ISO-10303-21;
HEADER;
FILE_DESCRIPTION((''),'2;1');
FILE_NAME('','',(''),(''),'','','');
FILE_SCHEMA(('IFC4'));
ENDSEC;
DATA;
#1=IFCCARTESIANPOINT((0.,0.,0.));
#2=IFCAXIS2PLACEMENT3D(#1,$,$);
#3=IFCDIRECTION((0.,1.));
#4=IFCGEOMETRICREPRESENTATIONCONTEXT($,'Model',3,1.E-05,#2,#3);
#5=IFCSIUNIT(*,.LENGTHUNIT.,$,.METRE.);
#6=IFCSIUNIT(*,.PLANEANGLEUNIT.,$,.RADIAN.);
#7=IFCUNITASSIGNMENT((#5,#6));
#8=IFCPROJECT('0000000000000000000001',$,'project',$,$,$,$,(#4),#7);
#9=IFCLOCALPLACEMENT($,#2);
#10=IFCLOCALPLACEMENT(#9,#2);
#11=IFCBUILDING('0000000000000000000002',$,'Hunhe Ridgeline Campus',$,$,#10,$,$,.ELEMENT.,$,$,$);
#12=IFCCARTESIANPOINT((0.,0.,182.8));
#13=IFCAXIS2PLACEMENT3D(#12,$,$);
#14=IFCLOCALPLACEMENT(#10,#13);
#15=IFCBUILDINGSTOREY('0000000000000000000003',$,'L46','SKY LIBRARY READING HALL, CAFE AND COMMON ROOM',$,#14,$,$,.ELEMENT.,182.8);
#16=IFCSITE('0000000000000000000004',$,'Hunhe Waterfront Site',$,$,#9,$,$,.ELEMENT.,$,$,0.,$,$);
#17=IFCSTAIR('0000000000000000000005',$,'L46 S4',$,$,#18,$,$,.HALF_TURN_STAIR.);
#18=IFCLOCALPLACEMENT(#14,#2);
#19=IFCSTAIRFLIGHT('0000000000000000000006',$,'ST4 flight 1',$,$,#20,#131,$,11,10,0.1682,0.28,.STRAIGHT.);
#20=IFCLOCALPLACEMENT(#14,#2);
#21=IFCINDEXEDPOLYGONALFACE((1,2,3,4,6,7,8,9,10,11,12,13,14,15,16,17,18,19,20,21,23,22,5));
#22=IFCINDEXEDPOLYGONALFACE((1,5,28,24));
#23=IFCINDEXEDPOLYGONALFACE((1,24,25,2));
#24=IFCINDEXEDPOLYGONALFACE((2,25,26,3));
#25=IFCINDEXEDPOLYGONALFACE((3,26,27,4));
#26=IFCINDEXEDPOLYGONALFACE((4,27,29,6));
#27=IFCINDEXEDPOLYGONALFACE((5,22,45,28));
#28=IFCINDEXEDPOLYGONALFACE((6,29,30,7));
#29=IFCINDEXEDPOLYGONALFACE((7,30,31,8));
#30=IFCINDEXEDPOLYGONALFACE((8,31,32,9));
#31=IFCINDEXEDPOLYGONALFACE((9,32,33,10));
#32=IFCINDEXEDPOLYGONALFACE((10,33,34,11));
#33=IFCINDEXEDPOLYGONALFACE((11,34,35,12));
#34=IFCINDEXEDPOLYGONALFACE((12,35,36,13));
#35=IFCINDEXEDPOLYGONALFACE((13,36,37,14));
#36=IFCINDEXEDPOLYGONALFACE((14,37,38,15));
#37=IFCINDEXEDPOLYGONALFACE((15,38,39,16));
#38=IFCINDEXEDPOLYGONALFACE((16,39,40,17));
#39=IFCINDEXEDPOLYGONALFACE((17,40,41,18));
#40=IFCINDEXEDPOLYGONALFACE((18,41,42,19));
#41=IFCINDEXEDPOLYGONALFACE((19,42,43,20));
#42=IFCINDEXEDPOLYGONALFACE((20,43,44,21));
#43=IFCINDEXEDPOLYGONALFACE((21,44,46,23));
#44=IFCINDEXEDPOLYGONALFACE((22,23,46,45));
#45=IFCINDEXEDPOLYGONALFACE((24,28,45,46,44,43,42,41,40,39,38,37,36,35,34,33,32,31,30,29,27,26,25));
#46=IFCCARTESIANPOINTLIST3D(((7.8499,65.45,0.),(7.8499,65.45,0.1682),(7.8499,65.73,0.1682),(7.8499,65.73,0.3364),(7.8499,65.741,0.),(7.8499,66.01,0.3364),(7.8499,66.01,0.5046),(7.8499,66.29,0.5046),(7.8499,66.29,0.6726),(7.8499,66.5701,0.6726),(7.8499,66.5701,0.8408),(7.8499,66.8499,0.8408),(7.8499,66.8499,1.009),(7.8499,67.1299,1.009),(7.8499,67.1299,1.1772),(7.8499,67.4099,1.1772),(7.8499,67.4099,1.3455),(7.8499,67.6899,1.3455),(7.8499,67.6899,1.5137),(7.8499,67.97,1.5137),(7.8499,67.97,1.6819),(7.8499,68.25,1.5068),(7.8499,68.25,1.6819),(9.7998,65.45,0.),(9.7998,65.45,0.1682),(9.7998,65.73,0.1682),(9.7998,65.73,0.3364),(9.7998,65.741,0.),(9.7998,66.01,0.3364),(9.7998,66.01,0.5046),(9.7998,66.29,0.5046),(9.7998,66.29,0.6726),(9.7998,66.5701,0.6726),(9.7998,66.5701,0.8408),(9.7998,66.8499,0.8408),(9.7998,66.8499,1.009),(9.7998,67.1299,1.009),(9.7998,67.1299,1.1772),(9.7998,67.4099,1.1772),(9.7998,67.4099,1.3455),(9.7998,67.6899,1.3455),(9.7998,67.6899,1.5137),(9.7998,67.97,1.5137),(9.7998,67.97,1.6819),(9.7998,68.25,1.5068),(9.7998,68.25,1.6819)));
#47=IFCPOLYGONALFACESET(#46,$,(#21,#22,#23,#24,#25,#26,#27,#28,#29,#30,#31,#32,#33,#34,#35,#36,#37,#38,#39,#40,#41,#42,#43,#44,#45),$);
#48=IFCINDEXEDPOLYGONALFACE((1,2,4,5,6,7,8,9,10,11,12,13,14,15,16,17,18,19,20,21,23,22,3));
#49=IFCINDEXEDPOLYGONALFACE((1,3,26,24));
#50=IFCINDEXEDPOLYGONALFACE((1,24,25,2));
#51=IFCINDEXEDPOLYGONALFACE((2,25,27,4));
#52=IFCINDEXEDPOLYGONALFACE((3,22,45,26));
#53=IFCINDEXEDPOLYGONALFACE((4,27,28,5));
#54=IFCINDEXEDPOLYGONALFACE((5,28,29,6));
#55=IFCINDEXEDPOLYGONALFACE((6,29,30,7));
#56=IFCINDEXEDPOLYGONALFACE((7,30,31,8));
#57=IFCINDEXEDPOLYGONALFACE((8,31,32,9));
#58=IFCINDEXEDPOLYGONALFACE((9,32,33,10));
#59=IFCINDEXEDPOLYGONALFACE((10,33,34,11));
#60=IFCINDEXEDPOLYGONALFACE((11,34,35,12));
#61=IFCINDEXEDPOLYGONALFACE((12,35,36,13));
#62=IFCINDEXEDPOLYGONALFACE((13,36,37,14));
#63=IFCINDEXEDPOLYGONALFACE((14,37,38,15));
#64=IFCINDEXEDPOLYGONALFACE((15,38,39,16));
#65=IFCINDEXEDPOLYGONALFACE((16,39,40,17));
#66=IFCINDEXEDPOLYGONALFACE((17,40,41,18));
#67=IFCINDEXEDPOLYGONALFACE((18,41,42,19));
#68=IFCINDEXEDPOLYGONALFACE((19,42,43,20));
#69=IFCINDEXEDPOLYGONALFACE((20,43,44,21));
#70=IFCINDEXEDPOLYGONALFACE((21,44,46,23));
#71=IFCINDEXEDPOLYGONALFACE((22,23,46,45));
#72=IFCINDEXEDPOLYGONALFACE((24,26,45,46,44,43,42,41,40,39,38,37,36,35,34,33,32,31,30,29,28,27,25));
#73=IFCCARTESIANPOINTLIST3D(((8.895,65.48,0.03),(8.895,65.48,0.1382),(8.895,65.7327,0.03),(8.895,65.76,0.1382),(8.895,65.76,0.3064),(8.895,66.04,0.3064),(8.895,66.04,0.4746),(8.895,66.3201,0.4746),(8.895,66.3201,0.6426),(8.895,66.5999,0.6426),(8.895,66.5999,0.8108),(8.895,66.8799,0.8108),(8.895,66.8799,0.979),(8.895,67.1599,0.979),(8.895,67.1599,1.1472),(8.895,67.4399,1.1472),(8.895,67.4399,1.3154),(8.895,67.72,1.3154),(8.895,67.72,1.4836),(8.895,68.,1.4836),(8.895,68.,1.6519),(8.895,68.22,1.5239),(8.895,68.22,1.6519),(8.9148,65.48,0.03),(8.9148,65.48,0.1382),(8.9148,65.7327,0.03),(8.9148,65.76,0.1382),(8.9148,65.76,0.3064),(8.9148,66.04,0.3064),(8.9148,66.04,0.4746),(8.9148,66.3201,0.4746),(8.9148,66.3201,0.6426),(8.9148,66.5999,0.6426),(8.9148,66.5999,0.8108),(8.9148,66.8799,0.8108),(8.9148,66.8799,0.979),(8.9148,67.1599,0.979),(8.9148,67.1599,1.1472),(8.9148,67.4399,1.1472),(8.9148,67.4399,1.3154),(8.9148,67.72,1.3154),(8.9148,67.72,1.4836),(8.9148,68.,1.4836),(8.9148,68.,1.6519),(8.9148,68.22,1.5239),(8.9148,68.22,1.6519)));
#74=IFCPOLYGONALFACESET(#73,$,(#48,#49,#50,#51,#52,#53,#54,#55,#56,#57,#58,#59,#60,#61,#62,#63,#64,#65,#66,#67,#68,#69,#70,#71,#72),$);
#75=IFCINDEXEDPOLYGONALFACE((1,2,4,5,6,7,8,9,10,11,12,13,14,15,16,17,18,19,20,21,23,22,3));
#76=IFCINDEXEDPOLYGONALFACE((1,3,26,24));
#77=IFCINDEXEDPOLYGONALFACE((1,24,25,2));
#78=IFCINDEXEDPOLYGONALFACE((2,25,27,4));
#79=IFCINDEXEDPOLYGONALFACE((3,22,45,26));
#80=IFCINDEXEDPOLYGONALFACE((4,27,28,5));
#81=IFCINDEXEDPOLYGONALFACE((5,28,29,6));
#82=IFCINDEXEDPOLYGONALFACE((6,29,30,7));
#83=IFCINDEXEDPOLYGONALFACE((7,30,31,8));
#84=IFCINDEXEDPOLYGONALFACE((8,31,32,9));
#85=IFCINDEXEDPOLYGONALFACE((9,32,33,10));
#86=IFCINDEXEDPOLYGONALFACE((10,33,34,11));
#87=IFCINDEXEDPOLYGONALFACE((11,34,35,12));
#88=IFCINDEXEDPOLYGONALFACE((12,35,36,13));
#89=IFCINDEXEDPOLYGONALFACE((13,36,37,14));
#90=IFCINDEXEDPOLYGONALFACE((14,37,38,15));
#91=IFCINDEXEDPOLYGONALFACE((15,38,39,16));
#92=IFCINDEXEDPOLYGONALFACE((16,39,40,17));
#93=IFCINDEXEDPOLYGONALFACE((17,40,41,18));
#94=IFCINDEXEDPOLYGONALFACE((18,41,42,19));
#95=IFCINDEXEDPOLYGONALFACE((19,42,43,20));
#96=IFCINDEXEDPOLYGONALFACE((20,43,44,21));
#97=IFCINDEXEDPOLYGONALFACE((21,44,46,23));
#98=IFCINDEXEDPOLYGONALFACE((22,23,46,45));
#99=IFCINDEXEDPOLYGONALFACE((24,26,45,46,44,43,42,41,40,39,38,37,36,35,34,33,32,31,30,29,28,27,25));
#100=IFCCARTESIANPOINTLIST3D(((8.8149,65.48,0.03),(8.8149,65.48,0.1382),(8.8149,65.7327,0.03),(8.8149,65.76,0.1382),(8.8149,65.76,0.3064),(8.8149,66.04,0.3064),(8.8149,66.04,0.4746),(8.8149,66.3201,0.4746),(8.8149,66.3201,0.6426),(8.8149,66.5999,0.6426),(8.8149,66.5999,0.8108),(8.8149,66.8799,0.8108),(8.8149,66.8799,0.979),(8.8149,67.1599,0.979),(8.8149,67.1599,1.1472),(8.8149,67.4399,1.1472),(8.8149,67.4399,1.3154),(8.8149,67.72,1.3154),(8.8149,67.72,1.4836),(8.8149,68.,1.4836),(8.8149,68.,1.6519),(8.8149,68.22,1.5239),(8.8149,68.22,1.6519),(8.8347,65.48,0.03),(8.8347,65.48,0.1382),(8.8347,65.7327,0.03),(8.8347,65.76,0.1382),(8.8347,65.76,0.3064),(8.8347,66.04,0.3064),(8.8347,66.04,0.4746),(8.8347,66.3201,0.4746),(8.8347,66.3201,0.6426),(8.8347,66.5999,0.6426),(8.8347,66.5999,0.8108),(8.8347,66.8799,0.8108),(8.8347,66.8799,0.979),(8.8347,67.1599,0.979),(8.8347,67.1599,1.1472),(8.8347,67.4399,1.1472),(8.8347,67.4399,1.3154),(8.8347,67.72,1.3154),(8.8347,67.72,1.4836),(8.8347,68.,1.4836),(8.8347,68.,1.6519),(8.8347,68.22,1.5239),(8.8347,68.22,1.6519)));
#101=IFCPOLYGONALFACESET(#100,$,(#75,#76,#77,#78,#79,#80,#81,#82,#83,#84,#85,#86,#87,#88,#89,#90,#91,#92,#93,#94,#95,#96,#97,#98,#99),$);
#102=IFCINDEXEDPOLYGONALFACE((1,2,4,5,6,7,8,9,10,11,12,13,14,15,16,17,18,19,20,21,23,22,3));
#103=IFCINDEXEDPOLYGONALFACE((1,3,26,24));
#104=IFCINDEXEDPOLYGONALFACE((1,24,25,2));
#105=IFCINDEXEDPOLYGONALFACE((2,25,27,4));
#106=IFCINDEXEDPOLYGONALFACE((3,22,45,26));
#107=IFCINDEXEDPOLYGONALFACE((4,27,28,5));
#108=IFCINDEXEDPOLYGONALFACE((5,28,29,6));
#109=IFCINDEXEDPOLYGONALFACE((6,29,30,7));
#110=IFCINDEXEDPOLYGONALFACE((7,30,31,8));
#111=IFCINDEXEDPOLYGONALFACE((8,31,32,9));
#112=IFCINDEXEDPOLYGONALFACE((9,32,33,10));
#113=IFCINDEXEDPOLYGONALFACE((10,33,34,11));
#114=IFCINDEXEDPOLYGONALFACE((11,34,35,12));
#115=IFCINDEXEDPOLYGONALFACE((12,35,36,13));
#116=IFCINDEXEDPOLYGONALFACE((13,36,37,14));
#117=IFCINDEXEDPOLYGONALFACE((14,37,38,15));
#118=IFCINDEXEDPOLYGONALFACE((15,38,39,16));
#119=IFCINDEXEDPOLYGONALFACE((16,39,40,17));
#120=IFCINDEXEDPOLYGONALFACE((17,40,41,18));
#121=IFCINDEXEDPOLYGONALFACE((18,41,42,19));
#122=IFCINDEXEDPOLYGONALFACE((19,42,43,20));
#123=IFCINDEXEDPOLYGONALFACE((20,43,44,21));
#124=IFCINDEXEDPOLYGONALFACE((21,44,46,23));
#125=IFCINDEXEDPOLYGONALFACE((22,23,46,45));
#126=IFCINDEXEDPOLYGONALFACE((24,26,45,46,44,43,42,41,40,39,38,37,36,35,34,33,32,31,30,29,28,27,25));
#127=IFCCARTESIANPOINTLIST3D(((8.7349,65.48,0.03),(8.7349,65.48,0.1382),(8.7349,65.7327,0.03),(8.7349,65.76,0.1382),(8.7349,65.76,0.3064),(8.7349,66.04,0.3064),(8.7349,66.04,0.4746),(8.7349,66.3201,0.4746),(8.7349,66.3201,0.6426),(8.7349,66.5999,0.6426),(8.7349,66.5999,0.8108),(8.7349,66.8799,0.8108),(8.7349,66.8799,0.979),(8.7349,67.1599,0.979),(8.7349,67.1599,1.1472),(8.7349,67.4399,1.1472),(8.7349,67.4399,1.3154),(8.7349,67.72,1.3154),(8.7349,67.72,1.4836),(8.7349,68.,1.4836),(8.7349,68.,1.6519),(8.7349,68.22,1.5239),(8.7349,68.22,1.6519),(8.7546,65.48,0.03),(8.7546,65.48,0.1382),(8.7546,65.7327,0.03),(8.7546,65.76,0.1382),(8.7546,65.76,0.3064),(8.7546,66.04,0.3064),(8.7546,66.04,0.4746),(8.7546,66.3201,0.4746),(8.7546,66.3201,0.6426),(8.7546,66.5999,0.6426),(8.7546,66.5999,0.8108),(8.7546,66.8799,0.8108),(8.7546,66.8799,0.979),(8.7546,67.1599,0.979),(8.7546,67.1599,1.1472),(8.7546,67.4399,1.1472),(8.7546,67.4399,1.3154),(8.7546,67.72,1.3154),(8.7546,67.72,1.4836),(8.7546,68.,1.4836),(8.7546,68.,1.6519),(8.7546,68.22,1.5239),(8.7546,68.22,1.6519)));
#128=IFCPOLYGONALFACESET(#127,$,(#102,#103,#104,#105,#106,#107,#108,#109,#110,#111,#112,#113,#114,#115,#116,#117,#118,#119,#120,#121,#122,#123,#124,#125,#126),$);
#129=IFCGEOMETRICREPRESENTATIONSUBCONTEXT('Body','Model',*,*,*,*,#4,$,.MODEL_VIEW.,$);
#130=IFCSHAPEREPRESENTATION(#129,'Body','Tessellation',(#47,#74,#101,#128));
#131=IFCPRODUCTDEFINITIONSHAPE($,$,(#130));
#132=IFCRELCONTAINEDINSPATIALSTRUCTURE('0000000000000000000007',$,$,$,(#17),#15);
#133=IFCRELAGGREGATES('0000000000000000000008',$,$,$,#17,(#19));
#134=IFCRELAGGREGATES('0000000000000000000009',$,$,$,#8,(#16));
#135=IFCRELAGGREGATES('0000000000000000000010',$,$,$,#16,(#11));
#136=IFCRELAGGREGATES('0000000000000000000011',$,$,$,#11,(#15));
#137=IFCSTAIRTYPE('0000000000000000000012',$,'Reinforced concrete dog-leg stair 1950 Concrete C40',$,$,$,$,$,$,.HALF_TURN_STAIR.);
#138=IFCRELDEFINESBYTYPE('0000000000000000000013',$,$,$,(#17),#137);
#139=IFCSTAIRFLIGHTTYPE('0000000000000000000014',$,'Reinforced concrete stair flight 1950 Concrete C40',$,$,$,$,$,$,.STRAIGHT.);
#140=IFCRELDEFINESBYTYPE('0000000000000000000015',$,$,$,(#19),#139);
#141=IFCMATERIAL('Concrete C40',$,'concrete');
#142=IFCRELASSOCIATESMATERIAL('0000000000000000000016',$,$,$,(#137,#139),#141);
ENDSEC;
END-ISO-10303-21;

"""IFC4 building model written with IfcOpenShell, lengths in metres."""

from ifc_helpers import new_model, si_unit, direction, frame, origin, place, context, subcontext, project, spatial, polyline, outline, extrude, material, type_object, element, aggregate, save


model = new_model("IFC4")

# Units and contexts
model_context = context("Model", 3, precision=1e-05, world=origin(), true_north=direction((0.0, 1.0)))
body_context = subcontext(model_context, "Body", "Model", "MODEL_VIEW")
ifc_project = project(units=[si_unit("LENGTHUNIT", "METRE"), si_unit("PLANEANGLEUNIT", "RADIAN")], contexts=[model_context])

# Site, building, storey
site_placement = place(None, origin())
site = spatial("IfcSite", under=ifc_project, at=site_placement, Name="Hunhe Waterfront Site", CompositionType="ELEMENT", RefElevation=0.0)
building_placement = place(site_placement, origin())
building = spatial("IfcBuilding", under=site, at=building_placement, Name="Hunhe Ridgeline Campus", CompositionType="ELEMENT")
storey_placement = place(building_placement, frame((0.0, 0.0, 182.8)))
storey = spatial("IfcBuildingStorey", under=building, at=storey_placement, Name="L46", Description="SKY LIBRARY READING HALL, CAFE AND COMMON ROOM", CompositionType="ELEMENT", Elevation=182.8)

# Stair, stair flight
ifc_material_1 = material(Name="Concrete C40", Category="concrete")
stair_type = type_object("IfcStairType", Name="Reinforced concrete dog-leg stair 1950 Concrete C40", PredefinedType="HALF_TURN_STAIR", material=ifc_material_1)
stair_flight_type = type_object("IfcStairFlightType", Name="Reinforced concrete stair flight 1950 Concrete C40", PredefinedType="STRAIGHT", material=ifc_material_1)
stair_1_placement = place(storey_placement, origin())
stair_1 = element("IfcStair", 1, at=stair_1_placement, inside=storey, type_object=stair_type, Name="L46 S4", PredefinedType="HALF_TURN_STAIR")
stair_flight_1_placement = place(storey_placement, frame((8.825, 65.45, 0.0), z_axis=(0.0, 0.0, 1.0), x_axis=(0.0, 1.0, 0.0)))
stair_flight_1 = element("IfcStairFlight", 2, at=stair_flight_1_placement, type_object=stair_flight_type, Name="ST4 flight 1", NumberOfRisers=11, NumberOfTreads=10, PredefinedType="STRAIGHT", RiserHeight=0.1682, TreadLength=0.28, context=body_context, shape_type="SweptSolid", body=[
    extrude(outline(polyline([(0.0, 0.0), (0.0, 0.1682), (0.28, 0.1682), (0.28, 0.3364), (0.5601, 0.3364), (0.5601, 0.5046), (0.8401, 0.5046), (0.8401, 0.6726), (1.1201, 0.6726), (1.1201, 0.8408), (1.3999, 0.8408), (1.3999, 1.009), (1.6799, 1.009), (1.6799, 1.1772), (1.96, 1.1772), (1.96, 1.3455), (2.24, 1.3455), (2.24, 1.5137), (2.52, 1.5137), (2.52, 1.6819), (2.8, 1.6819), (2.8, 1.8501), (2.8, 1.5068), (0.291, 0.0), (0.0, 0.0)])), frame((0.0, 0.9751, 0.0), z_axis=(0.0, -1.0, 0.0), x_axis=(1.0, 0.0, 0.0)), (0.0, 0.0, 1.0), 1.95),
    extrude(outline(polyline([(0.03, 0.03), (0.03, 0.1382), (0.3101, 0.1382), (0.3101, 0.3064), (0.5901, 0.3064), (0.5901, 0.4746), (0.8701, 0.4746), (0.8701, 0.6426), (1.1499, 0.6426), (1.1499, 0.8108), (1.4299, 0.8108), (1.4299, 0.979), (1.71, 0.979), (1.71, 1.1472), (1.99, 1.1472), (1.99, 1.3154), (2.27, 1.3154), (2.27, 1.4836), (2.55, 1.4836), (2.55, 1.6519), (2.77, 1.6519), (2.77, 1.5239), (0.2827, 0.03), (0.03, 0.03)])), frame((0.0, -0.0701, 0.0), z_axis=(0.0, -1.0, 0.0), x_axis=(1.0, 0.0, 0.0)), (0.0, 0.0, 1.0), 0.0198),
    extrude(outline(polyline([(0.03, 0.03), (0.03, 0.1382), (0.3101, 0.1382), (0.3101, 0.3064), (0.5901, 0.3064), (0.5901, 0.4746), (0.8701, 0.4746), (0.8701, 0.6426), (1.1499, 0.6426), (1.1499, 0.8108), (1.4299, 0.8108), (1.4299, 0.979), (1.71, 0.979), (1.71, 1.1472), (1.99, 1.1472), (1.99, 1.3154), (2.27, 1.3154), (2.27, 1.4836), (2.55, 1.4836), (2.55, 1.6519), (2.77, 1.6519), (2.77, 1.5239), (0.2827, 0.03), (0.03, 0.03)])), frame((0.0, 0.01, 0.0), z_axis=(0.0, -1.0, 0.0), x_axis=(1.0, 0.0, 0.0)), (0.0, 0.0, 1.0), 0.0198),
    extrude(outline(polyline([(0.03, 0.03), (0.03, 0.1382), (0.3101, 0.1382), (0.3101, 0.3064), (0.5901, 0.3064), (0.5901, 0.4746), (0.8701, 0.4746), (0.8701, 0.6426), (1.1499, 0.6426), (1.1499, 0.8108), (1.4299, 0.8108), (1.4299, 0.979), (1.71, 0.979), (1.71, 1.1472), (1.99, 1.1472), (1.99, 1.3154), (2.27, 1.3154), (2.27, 1.4836), (2.55, 1.4836), (2.55, 1.6519), (2.77, 1.6519), (2.77, 1.5239), (0.2827, 0.03), (0.03, 0.03)])), frame((0.0, 0.0901, 0.0), z_axis=(0.0, -1.0, 0.0), x_axis=(1.0, 0.0, 0.0)), (0.0, 0.0, 1.0), 0.0198),
])
aggregate(stair_1, [stair_flight_1])

save(model, "model.ifc")
